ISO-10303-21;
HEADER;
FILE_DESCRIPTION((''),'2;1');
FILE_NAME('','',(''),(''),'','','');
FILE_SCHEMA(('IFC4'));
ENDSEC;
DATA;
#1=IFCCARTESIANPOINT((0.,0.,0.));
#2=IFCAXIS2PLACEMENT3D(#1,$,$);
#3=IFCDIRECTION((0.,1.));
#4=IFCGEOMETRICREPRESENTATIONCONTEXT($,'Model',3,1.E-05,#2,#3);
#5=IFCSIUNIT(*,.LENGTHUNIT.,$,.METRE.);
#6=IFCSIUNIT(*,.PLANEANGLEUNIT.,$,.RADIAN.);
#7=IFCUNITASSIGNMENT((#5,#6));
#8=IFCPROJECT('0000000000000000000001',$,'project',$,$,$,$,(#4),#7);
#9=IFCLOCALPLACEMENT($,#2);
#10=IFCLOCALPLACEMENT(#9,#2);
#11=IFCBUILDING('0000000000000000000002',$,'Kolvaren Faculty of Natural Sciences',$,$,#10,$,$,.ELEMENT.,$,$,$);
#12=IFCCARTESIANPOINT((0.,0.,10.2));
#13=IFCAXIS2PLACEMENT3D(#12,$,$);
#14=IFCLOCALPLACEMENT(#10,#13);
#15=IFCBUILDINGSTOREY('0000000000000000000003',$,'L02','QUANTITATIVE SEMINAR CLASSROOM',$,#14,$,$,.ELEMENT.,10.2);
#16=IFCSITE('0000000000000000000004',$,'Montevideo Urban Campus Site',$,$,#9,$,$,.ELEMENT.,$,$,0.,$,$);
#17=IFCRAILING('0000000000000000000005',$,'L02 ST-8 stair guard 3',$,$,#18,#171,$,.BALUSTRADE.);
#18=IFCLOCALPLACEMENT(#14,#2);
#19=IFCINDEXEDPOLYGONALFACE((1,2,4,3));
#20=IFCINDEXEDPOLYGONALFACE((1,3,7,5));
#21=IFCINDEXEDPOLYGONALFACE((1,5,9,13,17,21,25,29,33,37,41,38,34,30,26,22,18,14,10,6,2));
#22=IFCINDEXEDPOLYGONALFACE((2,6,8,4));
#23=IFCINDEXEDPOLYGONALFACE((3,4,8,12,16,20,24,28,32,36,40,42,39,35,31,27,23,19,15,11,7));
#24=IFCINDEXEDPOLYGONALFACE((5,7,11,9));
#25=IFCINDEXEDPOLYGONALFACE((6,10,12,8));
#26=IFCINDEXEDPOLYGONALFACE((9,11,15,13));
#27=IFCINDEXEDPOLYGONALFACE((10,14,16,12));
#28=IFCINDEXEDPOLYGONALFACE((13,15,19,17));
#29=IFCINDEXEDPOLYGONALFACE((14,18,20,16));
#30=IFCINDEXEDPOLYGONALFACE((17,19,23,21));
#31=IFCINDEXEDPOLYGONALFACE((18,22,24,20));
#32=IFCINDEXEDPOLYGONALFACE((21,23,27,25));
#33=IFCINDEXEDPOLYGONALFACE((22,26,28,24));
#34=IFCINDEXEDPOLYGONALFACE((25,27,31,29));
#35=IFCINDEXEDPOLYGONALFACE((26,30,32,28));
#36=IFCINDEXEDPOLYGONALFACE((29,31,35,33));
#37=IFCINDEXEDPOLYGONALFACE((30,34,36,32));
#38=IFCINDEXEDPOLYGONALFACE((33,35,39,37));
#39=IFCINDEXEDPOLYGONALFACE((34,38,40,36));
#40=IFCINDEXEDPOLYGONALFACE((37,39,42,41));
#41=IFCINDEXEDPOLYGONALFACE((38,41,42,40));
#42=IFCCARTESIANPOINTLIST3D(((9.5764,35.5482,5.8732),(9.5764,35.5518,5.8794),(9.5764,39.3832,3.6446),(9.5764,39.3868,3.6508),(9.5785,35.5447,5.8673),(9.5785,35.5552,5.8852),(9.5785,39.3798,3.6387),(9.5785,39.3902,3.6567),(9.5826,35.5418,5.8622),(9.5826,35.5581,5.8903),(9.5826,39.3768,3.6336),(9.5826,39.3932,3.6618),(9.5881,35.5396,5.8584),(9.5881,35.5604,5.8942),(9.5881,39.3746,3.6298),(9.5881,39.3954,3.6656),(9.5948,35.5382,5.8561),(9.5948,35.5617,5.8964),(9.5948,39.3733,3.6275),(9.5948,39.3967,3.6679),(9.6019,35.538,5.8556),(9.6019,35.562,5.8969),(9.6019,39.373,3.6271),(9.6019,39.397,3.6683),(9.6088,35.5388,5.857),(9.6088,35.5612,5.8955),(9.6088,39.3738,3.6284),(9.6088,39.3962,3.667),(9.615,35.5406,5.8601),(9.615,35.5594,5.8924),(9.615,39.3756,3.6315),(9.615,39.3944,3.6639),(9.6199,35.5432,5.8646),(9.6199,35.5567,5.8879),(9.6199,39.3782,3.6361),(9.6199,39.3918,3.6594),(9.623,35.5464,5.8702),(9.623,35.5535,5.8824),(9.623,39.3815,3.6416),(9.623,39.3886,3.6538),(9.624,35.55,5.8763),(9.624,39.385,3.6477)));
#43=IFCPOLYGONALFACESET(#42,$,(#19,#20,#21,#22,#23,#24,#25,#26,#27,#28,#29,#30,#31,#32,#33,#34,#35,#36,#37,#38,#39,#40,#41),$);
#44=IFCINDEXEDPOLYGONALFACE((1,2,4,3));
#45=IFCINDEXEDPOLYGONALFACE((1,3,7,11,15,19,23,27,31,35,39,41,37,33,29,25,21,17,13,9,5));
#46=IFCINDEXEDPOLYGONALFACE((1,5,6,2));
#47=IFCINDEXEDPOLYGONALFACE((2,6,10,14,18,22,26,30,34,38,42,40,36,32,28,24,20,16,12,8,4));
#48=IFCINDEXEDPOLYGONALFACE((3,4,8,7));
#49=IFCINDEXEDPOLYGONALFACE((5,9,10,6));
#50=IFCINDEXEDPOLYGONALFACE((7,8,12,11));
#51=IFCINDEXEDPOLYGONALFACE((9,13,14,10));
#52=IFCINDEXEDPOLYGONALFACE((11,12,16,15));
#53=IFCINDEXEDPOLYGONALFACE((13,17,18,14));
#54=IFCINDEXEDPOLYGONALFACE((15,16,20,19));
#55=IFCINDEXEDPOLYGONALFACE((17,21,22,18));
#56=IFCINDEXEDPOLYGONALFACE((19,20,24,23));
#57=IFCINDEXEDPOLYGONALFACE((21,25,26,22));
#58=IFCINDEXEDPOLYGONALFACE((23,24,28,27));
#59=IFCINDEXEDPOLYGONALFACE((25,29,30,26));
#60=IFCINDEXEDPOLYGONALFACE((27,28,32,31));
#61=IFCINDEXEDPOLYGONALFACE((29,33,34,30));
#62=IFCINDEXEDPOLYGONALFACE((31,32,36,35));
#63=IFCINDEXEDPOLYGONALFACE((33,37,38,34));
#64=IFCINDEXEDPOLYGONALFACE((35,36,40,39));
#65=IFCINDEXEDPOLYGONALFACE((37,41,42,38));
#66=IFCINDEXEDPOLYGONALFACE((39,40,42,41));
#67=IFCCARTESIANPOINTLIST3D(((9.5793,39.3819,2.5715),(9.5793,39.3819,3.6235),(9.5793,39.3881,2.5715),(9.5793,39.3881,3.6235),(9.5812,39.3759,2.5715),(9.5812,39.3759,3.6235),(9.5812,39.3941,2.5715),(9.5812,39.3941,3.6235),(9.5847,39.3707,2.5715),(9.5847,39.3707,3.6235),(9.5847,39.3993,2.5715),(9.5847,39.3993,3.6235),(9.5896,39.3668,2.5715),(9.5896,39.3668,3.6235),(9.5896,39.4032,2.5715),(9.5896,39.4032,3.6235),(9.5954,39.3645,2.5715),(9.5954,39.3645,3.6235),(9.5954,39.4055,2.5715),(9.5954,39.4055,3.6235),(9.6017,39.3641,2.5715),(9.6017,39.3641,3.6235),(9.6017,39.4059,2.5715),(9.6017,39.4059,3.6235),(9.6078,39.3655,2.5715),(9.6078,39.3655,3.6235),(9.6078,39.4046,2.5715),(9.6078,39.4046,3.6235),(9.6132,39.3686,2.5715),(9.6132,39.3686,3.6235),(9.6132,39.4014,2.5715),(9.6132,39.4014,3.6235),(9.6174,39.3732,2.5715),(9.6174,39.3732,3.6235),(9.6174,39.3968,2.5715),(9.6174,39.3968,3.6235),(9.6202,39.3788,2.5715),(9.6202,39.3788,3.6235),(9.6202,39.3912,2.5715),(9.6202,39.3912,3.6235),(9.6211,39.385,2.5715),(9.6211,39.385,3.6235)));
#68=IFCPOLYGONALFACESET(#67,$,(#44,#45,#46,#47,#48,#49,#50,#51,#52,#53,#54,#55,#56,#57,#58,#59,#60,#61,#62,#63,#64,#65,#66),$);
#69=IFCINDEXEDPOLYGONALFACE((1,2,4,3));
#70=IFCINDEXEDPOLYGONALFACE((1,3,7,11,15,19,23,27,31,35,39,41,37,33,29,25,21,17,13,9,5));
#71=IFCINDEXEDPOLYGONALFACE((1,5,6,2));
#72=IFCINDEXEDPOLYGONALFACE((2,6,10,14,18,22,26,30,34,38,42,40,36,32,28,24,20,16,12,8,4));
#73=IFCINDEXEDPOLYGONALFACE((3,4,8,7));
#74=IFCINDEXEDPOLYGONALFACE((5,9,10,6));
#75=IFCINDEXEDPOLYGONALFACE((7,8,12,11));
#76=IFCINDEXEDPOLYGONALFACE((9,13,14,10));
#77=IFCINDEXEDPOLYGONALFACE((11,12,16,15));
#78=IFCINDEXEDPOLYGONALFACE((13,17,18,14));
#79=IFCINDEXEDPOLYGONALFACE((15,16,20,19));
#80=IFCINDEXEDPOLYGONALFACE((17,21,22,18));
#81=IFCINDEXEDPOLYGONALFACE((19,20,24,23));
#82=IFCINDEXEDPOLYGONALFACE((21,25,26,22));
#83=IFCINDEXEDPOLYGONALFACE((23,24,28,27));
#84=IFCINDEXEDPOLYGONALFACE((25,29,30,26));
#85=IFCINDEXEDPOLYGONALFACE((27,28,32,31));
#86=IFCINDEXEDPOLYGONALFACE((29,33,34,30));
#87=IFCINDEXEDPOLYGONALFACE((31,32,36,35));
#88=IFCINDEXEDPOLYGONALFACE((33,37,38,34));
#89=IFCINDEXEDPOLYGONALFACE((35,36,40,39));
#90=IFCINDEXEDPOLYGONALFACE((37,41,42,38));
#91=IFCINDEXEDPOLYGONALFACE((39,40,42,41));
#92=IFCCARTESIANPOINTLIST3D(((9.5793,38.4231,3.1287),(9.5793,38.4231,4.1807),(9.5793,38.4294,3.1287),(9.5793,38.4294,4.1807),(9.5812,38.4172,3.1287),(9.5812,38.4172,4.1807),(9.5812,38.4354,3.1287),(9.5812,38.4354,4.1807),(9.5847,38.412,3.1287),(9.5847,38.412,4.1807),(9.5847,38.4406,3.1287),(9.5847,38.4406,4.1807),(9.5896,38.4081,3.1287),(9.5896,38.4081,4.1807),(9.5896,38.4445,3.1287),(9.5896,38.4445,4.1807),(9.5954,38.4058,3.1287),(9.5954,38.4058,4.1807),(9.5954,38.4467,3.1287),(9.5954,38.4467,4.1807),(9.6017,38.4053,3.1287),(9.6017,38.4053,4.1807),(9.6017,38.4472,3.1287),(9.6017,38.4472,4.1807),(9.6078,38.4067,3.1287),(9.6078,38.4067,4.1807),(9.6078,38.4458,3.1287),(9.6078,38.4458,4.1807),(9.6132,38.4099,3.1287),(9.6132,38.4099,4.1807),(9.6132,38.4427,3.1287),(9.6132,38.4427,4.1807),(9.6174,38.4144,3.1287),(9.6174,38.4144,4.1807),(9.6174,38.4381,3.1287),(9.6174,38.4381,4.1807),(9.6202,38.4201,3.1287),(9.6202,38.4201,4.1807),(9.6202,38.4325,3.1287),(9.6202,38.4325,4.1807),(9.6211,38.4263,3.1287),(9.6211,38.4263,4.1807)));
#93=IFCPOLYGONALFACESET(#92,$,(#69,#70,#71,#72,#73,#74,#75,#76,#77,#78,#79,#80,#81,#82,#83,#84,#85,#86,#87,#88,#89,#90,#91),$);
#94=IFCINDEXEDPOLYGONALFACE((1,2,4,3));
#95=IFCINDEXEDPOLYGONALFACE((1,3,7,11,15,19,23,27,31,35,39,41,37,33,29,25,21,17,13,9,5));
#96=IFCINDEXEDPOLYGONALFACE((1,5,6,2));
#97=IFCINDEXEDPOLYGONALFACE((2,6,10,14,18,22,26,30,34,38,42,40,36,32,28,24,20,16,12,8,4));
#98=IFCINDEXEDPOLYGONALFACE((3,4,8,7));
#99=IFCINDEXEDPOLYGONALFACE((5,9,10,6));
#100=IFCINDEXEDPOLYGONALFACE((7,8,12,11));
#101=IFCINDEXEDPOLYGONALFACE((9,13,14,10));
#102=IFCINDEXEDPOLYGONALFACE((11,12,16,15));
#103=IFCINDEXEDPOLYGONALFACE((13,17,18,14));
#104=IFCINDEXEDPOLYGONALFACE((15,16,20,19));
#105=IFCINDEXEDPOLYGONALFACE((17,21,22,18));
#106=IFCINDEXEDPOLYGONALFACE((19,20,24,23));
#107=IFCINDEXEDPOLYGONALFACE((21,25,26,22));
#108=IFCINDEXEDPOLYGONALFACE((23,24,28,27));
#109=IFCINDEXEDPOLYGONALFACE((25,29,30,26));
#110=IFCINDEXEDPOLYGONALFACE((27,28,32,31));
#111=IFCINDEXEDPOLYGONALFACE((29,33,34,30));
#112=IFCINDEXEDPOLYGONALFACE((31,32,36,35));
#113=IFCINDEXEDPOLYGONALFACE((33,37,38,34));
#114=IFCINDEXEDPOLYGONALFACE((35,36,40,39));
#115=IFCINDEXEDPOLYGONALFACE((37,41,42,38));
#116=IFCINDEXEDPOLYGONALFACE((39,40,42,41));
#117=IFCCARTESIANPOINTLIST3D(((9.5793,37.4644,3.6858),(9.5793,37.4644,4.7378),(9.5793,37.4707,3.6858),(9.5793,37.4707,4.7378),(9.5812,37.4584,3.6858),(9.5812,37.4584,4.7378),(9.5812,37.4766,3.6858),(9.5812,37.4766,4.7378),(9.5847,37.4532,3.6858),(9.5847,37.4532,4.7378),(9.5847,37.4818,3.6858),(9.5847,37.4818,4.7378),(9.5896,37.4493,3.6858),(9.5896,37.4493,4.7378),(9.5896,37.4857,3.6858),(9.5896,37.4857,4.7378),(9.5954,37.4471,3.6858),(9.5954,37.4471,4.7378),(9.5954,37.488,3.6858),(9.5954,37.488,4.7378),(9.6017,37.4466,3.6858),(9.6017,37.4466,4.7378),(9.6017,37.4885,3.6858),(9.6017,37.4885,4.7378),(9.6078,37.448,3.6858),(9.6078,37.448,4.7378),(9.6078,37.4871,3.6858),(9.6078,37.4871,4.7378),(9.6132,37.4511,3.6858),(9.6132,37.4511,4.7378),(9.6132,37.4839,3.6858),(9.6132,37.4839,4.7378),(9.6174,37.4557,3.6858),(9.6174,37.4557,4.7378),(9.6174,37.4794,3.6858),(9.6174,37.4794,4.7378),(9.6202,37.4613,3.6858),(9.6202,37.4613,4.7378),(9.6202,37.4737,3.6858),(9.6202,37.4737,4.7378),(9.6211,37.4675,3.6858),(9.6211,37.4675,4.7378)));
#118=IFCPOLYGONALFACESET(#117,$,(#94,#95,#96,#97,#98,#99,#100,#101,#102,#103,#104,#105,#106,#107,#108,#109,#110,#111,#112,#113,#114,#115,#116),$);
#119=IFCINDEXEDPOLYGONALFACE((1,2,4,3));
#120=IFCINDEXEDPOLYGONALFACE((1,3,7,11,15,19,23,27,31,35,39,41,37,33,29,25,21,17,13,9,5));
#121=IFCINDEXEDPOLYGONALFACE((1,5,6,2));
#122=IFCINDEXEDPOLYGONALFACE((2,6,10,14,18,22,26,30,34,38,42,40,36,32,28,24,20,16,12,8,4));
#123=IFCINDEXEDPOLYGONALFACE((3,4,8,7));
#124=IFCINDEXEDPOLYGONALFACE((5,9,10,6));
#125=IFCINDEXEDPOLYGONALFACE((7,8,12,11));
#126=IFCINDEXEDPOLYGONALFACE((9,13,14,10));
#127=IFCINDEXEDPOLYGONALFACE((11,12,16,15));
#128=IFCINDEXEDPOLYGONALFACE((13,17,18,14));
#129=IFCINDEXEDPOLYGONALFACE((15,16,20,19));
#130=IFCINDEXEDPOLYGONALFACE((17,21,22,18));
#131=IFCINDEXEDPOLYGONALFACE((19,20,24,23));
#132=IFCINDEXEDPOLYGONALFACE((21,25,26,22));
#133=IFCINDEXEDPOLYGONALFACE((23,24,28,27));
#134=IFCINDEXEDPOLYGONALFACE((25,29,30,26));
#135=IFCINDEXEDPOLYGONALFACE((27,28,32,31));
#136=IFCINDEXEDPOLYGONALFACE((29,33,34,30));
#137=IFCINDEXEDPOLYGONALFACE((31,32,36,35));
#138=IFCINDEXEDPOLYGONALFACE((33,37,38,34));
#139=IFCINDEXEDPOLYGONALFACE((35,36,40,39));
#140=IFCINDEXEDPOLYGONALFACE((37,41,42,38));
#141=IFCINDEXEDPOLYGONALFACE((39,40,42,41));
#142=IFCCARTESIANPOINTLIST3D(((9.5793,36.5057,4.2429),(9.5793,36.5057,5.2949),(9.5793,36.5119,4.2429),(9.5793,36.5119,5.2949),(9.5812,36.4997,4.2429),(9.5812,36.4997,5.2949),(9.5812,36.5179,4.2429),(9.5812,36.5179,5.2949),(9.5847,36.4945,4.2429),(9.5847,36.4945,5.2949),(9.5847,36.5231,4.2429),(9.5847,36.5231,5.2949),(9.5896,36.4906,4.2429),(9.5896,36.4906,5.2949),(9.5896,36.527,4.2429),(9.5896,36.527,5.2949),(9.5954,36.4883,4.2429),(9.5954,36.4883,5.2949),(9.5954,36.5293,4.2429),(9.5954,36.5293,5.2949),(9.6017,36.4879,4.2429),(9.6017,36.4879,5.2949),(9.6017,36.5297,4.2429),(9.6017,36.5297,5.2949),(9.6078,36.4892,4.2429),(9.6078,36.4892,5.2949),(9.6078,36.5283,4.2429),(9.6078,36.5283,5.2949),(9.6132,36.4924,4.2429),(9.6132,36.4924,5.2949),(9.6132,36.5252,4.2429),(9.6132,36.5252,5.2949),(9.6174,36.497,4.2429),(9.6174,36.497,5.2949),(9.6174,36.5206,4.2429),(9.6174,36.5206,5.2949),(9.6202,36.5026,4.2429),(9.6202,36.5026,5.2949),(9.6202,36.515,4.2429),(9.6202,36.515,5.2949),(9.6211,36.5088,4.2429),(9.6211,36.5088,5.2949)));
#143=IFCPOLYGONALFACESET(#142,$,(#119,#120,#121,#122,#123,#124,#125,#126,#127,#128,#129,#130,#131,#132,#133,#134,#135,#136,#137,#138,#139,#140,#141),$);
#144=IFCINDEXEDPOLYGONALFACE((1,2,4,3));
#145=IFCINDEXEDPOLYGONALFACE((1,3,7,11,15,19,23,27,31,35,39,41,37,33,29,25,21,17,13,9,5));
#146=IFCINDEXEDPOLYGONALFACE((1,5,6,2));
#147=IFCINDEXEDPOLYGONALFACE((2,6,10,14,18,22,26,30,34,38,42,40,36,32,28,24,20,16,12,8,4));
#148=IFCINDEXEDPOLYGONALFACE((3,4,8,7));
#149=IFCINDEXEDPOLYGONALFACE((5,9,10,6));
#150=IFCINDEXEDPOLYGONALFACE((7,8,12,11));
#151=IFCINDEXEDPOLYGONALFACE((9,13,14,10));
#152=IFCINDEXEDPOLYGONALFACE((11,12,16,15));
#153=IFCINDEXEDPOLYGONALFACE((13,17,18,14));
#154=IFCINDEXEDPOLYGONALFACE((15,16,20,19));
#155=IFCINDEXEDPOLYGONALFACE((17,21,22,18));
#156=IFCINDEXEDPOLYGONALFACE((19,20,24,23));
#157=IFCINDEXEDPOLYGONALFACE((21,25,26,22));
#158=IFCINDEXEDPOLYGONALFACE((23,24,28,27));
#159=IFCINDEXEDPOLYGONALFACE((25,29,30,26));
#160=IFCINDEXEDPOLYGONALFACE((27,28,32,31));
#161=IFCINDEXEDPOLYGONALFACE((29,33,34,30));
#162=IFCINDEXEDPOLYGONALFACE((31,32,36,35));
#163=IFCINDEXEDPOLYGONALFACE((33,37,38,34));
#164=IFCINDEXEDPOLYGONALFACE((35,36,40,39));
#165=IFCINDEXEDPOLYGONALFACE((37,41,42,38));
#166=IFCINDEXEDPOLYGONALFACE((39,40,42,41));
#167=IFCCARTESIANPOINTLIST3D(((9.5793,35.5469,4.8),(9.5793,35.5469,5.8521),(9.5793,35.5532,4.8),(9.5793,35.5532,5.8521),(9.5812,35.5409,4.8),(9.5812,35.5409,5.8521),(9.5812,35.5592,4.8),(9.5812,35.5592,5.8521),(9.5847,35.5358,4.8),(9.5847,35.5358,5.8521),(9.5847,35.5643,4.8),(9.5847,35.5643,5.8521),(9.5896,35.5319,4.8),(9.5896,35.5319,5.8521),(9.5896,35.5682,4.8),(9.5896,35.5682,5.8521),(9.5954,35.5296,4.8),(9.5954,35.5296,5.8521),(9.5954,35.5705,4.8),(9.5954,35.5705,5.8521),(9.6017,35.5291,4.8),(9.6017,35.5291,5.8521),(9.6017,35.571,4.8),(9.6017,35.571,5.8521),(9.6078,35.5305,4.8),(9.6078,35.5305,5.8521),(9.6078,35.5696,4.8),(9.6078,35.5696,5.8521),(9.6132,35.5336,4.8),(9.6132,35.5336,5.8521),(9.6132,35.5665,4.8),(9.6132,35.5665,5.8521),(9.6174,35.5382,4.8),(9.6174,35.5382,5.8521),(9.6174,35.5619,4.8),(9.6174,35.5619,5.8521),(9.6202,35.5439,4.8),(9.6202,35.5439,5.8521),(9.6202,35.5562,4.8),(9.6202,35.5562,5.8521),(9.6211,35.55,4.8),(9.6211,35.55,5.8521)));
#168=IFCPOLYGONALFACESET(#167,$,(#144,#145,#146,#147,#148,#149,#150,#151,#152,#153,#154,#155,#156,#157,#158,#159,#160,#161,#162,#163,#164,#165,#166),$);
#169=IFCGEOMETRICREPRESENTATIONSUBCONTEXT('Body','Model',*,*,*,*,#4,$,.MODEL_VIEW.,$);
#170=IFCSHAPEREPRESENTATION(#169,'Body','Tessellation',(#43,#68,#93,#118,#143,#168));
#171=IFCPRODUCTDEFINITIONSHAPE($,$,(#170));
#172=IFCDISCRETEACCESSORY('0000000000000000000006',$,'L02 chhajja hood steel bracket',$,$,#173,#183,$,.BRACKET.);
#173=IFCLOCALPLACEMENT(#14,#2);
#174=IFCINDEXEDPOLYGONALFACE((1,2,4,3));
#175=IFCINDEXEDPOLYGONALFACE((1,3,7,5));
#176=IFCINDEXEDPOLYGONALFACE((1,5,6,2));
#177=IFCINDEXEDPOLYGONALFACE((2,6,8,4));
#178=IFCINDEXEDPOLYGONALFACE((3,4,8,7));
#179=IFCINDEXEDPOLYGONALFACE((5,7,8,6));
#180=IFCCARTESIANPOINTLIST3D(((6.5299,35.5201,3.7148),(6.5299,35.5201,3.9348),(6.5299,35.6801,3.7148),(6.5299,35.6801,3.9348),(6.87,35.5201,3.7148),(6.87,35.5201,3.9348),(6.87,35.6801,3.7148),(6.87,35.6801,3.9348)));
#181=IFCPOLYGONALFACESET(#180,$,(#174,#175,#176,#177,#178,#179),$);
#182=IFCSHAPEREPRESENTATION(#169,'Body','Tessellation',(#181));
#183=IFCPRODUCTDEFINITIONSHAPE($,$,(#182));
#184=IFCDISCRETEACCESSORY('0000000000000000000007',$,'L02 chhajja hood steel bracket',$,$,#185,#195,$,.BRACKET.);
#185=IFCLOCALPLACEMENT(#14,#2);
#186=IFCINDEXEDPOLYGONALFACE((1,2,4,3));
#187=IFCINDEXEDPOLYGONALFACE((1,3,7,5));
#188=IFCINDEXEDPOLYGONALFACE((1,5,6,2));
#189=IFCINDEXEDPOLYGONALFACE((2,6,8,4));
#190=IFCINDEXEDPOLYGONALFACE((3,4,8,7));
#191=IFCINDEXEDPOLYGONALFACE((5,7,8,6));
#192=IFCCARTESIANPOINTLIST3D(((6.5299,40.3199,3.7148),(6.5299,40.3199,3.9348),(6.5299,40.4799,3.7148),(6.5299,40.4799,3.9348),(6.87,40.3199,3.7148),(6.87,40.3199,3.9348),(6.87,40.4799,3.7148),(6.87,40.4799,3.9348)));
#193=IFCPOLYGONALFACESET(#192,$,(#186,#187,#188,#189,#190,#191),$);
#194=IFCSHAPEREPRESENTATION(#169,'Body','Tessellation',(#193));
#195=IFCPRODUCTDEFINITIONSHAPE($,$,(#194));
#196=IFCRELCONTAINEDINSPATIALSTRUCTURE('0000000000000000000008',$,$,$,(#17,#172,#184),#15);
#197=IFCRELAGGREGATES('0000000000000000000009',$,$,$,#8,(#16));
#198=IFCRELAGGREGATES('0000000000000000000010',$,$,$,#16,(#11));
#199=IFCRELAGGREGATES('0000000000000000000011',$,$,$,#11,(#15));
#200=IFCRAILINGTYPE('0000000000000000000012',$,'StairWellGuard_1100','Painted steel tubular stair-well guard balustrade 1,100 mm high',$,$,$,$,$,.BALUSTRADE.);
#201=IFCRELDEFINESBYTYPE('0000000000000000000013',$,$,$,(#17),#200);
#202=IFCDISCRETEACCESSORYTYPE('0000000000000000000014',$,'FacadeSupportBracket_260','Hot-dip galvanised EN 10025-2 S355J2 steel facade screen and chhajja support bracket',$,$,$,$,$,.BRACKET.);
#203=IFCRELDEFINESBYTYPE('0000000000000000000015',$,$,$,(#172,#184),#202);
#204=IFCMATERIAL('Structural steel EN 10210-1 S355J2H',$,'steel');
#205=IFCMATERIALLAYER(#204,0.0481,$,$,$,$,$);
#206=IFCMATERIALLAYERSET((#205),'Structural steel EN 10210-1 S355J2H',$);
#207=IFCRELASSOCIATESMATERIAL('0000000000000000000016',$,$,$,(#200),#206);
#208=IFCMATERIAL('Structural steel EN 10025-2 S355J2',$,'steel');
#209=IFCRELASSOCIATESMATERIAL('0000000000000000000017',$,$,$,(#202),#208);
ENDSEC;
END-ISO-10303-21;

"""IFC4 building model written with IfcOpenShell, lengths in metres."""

from ifc_helpers import new_model, si_unit, direction, frame, origin, origin_2d, place, context, subcontext, project, spatial, rectangle, circle, extrude, material, layer, layer_set, type_object, element, save


model = new_model("IFC4")

# Units and contexts
model_context = context("Model", 3, precision=1e-05, world=origin(), true_north=direction((0.0, 1.0)))
body_context = subcontext(model_context, "Body", "Model", "MODEL_VIEW")
ifc_project = project(units=[si_unit("LENGTHUNIT", "METRE"), si_unit("PLANEANGLEUNIT", "RADIAN")], contexts=[model_context])

# Site, building, storey
site_placement = place(None, origin())
site = spatial("IfcSite", under=ifc_project, at=site_placement, Name="Montevideo Urban Campus Site", CompositionType="ELEMENT", RefElevation=0.0)
building_placement = place(site_placement, origin())
building = spatial("IfcBuilding", under=site, at=building_placement, Name="Kolvaren Faculty of Natural Sciences", CompositionType="ELEMENT")
storey_placement = place(building_placement, frame((0.0, 0.0, 10.2)))
storey = spatial("IfcBuildingStorey", under=building, at=storey_placement, Name="L02", Description="QUANTITATIVE SEMINAR CLASSROOM", CompositionType="ELEMENT", Elevation=10.2)

# Railing
ifc_material_1 = material(Name="Structural steel EN 10210-1 S355J2H", Category="steel")
ifc_layer_1 = layer(ifc_material_1, 0.0481)
ifc_layer_set_1 = layer_set([ifc_layer_1], Name="Structural steel EN 10210-1 S355J2H")
railing_type_1 = type_object("IfcRailingType", Name="StairWellGuard_1100", Description="Painted steel tubular stair-well guard balustrade 1,100 mm high", PredefinedType="BALUSTRADE", material=ifc_layer_set_1)
railing_1_placement = place(storey_placement, frame((9.6001, 39.385, 2.5715)))
element("IfcRailing", 1, at=railing_1_placement, inside=storey, type_object=railing_type_1, Name="L02 ST-8 stair guard 3", PredefinedType="BALUSTRADE", context=body_context, shape_type="SweptSolid", body=[
    extrude(circle(Radius=0.0239, at=origin_2d()), frame((0.0, 0.0, 1.0762), z_axis=(0.0, -0.864616, 0.502433), x_axis=(1.0, 0.0, 0.0)), (0.0, 0.0, 1.0), 4.4355),
    extrude(circle(Radius=0.021, at=origin_2d()), origin(), (0.0, 0.0, 1.0), 1.052),
    extrude(circle(Radius=0.021, at=origin_2d()), frame((0.0, -0.9587, 0.5571)), (0.0, 0.0, 1.0), 1.052),
    extrude(circle(Radius=0.021, at=origin_2d()), frame((0.0, -1.9175, 1.1143)), (0.0, 0.0, 1.0), 1.052),
    extrude(circle(Radius=0.021, at=origin_2d()), frame((0.0, -2.8762, 1.6714)), (0.0, 0.0, 1.0), 1.052),
    extrude(circle(Radius=0.021, at=origin_2d()), frame((0.0, -3.835, 2.2285)), (0.0, 0.0, 1.0), 1.052),
])

# Discrete accessories
ifc_material_2 = material(Name="Structural steel EN 10025-2 S355J2", Category="steel")
discrete_accessory_type = type_object("IfcDiscreteAccessoryType", Name="FacadeSupportBracket_260", Description="Hot-dip galvanised EN 10025-2 S355J2 steel facade screen and chhajja support bracket", PredefinedType="BRACKET", material=ifc_material_2)
for number, where, z_axis, x_axis, name in (
    (2, (6.7, 35.6001, 3.7148), (0.0, 0.0, 1.0), (0.0, 1.0, 0.0), "L02 chhajja hood steel bracket"),
    (3, (6.7, 40.3999, 3.7148), (0.0, 0.0, 1.0), (0.0, 1.0, 0.0), "L02 chhajja hood steel bracket"),
):
    element("IfcDiscreteAccessory", number, at=place(storey_placement, frame(where, z_axis=z_axis, x_axis=x_axis)), inside=storey, type_object=discrete_accessory_type, Name=name, PredefinedType="BRACKET", context=body_context, shape_type="SweptSolid", body=[
        extrude(rectangle(XDim=0.1599, YDim=0.3401, at=origin_2d()), origin(), (0.0, 0.0, 1.0), 0.22),
    ])

save(model, "model.ifc")
